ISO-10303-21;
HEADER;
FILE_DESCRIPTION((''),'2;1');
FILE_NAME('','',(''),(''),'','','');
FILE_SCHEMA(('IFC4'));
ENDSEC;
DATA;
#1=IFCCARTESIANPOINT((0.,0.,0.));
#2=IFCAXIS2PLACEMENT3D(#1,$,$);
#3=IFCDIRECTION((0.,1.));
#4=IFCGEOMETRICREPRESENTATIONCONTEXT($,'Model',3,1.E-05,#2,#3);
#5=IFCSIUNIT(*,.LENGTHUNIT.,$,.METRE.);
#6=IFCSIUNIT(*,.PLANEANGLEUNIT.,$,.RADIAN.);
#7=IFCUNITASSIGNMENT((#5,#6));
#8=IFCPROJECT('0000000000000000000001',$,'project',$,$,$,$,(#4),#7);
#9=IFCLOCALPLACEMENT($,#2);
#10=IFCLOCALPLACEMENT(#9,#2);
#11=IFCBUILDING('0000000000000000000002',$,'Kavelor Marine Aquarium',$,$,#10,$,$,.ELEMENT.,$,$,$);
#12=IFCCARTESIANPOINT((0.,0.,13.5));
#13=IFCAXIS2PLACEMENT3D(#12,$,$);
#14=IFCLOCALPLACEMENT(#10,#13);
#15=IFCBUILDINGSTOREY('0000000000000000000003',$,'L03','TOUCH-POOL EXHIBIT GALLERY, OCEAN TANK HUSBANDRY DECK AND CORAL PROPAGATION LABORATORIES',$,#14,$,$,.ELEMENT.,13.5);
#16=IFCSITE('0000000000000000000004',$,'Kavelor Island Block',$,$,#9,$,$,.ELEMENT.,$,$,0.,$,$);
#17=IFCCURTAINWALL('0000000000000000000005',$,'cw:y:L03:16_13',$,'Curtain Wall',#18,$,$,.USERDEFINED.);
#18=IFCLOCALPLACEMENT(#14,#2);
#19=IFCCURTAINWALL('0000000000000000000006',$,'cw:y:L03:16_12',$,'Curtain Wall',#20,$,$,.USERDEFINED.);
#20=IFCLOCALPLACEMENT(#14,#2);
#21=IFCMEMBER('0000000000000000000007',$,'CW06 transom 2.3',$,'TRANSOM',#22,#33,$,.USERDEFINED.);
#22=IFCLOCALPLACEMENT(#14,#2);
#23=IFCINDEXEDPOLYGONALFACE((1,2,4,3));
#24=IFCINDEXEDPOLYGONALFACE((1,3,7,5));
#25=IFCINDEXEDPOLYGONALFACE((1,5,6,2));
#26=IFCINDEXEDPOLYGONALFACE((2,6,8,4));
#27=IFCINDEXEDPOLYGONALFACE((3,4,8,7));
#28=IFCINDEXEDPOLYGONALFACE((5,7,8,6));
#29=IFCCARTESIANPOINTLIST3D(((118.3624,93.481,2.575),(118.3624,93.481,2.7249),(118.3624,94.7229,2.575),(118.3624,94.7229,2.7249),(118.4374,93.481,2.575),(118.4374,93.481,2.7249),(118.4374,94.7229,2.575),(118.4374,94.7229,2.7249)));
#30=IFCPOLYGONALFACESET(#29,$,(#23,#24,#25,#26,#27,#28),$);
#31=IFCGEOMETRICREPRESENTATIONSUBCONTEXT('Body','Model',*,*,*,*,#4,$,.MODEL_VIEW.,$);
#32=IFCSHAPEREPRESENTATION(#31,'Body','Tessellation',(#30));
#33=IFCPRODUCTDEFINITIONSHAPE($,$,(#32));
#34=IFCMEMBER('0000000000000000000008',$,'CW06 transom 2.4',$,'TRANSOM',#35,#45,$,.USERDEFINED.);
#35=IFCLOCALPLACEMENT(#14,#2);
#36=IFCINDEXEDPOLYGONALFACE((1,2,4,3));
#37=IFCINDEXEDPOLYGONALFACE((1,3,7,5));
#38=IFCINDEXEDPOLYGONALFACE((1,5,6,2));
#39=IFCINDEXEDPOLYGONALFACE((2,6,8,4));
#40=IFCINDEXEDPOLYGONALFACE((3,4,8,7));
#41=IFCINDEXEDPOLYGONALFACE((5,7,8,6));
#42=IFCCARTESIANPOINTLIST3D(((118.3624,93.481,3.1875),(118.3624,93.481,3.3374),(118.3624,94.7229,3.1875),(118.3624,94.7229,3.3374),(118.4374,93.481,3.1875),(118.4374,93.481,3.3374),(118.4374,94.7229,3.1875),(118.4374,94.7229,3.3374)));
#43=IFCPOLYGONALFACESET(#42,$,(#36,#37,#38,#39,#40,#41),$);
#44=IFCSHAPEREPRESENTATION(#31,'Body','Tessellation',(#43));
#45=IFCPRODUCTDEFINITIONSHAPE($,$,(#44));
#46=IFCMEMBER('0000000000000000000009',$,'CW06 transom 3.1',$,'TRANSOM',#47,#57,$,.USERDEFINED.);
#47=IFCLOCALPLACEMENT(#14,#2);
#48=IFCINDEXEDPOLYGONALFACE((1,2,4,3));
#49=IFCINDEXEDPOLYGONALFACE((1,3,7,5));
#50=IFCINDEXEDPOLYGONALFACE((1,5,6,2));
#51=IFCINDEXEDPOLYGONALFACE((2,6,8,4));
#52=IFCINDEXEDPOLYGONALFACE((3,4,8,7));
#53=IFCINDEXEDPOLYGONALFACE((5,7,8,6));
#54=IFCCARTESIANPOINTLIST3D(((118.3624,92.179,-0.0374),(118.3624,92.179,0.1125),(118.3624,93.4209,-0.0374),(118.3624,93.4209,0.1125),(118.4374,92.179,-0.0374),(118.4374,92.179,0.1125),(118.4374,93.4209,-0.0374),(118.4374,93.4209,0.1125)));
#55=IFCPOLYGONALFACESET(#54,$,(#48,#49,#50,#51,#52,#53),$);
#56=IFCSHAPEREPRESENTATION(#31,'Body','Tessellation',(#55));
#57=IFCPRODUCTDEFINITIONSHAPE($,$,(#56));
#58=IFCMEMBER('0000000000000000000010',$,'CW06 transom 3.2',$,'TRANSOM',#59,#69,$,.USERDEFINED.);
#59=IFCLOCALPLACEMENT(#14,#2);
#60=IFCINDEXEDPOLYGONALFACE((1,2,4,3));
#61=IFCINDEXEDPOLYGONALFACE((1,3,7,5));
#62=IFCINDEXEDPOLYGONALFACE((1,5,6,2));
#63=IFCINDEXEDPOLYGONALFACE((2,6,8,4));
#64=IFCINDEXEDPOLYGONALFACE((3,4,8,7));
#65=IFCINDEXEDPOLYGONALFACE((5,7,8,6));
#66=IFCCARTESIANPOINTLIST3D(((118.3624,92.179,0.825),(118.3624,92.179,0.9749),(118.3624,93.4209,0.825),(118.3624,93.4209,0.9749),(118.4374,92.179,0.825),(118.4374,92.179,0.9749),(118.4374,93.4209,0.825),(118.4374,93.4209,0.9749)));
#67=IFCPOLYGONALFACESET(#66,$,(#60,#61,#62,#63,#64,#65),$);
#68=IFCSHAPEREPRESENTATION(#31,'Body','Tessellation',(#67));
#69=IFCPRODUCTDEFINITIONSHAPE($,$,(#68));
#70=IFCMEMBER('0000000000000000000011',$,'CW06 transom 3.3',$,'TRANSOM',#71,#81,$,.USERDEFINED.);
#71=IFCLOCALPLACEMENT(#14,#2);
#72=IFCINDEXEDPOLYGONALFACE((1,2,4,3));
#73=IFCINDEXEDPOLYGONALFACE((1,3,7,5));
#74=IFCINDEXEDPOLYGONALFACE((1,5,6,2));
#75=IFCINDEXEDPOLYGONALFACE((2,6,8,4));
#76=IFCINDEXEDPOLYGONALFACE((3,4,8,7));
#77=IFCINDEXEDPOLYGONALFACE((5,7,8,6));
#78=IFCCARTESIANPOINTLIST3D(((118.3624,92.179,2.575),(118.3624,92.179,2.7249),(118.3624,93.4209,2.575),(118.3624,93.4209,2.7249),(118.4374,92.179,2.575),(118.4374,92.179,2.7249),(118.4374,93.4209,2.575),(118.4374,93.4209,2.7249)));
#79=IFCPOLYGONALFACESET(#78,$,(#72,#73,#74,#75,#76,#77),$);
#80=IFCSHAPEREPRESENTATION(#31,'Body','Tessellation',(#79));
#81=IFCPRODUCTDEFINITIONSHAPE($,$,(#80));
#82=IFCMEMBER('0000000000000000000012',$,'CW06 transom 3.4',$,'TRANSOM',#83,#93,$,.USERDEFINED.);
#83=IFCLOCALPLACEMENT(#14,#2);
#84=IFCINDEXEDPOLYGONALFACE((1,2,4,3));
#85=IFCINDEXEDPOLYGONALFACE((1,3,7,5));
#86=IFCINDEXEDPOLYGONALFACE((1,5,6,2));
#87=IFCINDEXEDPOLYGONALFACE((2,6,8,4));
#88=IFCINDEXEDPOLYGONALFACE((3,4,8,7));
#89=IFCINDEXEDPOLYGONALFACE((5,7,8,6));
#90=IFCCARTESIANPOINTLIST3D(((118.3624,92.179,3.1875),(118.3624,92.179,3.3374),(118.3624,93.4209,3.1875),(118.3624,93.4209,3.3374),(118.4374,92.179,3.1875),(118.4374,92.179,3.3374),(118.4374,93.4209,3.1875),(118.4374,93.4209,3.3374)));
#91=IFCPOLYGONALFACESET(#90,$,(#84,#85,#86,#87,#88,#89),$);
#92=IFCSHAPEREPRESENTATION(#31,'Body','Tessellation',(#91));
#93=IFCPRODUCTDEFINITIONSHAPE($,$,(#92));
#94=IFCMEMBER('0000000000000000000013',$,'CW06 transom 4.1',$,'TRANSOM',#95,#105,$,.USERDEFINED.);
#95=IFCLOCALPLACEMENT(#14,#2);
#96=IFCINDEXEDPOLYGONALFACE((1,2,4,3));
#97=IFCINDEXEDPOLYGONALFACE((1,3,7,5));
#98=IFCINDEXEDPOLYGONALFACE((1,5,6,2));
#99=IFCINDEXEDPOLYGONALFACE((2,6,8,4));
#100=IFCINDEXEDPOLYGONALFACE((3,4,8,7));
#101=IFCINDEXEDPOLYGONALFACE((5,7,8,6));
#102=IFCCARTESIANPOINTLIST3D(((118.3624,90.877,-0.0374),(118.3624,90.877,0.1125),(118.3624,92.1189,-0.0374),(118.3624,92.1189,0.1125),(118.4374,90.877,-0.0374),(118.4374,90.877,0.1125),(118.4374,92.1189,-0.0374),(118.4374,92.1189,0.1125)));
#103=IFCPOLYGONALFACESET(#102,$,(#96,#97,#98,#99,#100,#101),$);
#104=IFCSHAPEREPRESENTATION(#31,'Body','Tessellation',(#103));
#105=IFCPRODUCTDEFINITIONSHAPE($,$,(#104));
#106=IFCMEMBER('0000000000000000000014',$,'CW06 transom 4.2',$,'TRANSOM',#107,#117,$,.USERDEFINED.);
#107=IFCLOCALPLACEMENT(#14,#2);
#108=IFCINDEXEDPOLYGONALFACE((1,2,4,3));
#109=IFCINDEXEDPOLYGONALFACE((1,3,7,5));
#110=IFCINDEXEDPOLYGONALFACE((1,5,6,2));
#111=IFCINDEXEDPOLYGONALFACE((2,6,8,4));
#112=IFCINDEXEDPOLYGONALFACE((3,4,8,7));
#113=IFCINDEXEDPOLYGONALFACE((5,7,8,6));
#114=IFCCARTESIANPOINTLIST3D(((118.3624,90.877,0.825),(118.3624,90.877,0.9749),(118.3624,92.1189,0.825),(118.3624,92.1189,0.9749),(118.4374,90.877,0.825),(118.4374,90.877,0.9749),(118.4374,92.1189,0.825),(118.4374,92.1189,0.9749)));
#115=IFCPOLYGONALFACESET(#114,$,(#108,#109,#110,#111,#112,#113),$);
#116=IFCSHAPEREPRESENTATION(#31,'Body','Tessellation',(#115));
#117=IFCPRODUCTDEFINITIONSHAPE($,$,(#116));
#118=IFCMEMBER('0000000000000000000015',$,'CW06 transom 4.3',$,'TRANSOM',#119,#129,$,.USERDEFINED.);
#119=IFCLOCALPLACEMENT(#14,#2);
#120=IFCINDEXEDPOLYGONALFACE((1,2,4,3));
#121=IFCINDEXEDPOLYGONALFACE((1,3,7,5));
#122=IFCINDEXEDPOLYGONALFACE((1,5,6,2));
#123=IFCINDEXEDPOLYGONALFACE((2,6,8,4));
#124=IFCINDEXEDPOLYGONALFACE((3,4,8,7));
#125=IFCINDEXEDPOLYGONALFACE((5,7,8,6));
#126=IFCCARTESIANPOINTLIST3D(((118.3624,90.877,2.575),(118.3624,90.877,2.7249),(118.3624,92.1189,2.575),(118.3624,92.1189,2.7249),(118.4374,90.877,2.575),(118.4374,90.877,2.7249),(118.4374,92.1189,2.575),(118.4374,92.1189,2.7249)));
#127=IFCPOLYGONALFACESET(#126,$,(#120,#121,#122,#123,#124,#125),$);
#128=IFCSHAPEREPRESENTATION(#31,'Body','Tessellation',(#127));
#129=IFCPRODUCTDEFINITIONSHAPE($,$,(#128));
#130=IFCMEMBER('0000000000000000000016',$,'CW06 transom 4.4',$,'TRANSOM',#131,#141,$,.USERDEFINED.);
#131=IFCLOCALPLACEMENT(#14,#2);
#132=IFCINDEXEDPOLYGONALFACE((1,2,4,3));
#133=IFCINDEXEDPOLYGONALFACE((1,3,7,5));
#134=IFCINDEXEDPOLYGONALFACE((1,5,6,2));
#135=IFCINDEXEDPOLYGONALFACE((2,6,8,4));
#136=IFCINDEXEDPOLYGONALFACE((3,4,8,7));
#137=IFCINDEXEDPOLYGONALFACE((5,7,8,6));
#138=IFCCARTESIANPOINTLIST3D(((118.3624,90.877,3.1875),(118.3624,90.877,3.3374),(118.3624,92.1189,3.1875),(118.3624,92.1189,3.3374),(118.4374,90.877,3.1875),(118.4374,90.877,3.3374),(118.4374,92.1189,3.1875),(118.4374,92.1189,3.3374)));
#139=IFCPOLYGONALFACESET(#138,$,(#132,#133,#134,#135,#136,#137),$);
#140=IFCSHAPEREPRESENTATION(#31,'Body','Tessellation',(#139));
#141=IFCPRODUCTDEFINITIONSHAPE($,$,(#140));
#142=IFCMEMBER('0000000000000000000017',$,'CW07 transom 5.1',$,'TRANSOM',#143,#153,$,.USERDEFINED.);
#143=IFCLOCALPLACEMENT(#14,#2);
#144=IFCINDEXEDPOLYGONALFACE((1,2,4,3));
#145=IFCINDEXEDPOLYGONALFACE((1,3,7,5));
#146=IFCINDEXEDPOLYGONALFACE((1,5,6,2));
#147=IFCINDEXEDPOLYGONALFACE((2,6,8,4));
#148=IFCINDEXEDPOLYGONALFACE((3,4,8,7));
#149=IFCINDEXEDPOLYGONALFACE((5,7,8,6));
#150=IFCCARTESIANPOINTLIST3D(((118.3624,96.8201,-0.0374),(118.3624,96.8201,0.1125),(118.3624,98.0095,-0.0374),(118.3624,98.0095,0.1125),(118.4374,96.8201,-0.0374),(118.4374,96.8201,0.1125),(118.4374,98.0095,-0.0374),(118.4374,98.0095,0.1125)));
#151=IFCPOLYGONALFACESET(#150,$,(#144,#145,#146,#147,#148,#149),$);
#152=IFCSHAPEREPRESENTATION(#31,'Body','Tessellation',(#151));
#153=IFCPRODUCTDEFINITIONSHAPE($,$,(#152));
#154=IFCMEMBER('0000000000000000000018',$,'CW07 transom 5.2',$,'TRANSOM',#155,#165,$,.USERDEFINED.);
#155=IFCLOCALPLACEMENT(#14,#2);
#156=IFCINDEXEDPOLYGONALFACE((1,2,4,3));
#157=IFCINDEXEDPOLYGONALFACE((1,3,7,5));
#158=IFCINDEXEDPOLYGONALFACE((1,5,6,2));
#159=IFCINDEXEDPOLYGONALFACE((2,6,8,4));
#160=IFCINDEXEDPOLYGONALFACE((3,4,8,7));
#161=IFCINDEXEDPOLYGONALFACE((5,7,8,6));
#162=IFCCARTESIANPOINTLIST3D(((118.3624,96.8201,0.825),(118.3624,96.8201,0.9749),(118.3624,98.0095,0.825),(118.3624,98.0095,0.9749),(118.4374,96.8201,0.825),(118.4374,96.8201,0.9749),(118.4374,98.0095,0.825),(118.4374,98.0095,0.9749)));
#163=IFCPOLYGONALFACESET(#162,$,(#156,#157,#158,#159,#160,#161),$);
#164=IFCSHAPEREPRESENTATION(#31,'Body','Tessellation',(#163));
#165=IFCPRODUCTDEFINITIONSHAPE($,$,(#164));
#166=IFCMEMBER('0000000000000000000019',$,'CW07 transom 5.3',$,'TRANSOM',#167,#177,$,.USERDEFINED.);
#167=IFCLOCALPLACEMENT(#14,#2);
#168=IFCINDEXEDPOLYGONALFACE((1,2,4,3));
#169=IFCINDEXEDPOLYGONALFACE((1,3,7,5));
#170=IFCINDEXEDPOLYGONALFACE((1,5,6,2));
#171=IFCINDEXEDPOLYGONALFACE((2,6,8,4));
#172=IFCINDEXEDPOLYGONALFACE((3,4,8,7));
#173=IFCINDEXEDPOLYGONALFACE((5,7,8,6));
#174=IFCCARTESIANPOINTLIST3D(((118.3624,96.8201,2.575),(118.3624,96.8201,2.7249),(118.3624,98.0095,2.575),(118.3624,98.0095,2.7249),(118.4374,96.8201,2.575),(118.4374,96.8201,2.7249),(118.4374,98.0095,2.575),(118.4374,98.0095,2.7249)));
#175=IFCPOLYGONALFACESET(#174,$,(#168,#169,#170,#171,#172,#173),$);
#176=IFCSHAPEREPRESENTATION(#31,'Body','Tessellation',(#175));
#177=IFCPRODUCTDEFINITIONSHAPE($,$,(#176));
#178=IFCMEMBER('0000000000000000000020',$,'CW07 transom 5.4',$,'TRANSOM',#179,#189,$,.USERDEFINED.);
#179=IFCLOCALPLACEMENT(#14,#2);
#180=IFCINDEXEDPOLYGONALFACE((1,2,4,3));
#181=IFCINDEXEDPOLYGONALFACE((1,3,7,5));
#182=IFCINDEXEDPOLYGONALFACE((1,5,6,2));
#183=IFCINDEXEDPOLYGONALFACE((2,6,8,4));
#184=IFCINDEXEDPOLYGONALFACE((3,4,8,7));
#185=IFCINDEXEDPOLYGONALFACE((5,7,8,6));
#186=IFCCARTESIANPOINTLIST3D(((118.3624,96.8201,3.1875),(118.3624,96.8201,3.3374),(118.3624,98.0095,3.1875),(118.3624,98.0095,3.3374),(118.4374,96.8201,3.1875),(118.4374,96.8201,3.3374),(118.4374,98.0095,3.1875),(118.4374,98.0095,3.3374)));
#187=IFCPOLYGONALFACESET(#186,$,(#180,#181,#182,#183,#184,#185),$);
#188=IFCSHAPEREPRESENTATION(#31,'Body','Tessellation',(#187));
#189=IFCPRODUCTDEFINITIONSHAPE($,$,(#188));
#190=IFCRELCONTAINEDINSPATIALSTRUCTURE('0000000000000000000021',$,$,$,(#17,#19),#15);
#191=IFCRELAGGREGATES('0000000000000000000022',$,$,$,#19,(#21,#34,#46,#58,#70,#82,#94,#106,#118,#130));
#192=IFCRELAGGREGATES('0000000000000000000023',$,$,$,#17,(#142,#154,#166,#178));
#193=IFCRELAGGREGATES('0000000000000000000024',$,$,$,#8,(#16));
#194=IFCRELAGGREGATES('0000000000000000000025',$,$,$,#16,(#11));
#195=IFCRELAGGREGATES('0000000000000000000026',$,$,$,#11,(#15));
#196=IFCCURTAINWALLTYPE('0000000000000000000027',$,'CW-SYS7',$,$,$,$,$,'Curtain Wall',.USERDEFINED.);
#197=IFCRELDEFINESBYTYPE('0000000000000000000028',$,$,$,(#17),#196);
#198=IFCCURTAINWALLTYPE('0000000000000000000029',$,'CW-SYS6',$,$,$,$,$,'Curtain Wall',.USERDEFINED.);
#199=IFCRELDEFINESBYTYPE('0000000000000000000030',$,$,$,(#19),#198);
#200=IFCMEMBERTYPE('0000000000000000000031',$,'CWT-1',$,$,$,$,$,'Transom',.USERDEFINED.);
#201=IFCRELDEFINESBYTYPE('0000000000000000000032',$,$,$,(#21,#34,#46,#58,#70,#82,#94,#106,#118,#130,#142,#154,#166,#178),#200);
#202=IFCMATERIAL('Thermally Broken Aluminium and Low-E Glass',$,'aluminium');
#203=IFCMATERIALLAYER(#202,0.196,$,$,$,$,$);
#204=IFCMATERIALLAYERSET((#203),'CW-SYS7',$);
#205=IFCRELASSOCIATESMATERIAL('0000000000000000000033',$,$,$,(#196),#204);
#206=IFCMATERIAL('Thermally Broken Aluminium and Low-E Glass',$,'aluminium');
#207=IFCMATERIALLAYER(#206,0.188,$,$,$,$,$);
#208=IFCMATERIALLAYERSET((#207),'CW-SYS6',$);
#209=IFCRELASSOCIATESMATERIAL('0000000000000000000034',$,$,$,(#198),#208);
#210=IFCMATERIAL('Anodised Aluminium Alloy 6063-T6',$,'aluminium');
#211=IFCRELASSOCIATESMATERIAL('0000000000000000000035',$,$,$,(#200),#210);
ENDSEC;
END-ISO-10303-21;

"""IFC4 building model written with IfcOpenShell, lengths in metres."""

from ifc_helpers import new_model, si_unit, direction, frame, origin, origin_2d, place, context, subcontext, project, spatial, rectangle, extrude, material, layer, layer_set, material_profile, profile_set, type_object, element, aggregate, save


model = new_model("IFC4")

# Units and contexts
model_context = context("Model", 3, precision=1e-05, world=origin(), true_north=direction((0.0, 1.0)))
body_context = subcontext(model_context, "Body", "Model", "MODEL_VIEW")
ifc_project = project(units=[si_unit("LENGTHUNIT", "METRE"), si_unit("PLANEANGLEUNIT", "RADIAN")], contexts=[model_context])

# Site, building, storey
site_placement = place(None, origin())
site = spatial("IfcSite", under=ifc_project, at=site_placement, Name="Kavelor Island Block", CompositionType="ELEMENT", RefElevation=0.0)
building_placement = place(site_placement, origin())
building = spatial("IfcBuilding", under=site, at=building_placement, Name="Kavelor Marine Aquarium", CompositionType="ELEMENT")
storey_placement = place(building_placement, frame((0.0, 0.0, 13.5)))
storey = spatial("IfcBuildingStorey", under=building, at=storey_placement, Name="L03", Description="TOUCH-POOL EXHIBIT GALLERY, OCEAN TANK HUSBANDRY DECK AND CORAL PROPAGATION LABORATORIES", CompositionType="ELEMENT", Elevation=13.5)

# Curtain walls, members
ifc_material_1 = material(Name="Thermally Broken Aluminium and Low-E Glass", Category="aluminium")
ifc_layer_1 = layer(ifc_material_1, 0.196)
ifc_layer_set_1 = layer_set([ifc_layer_1], Name="CW-SYS7")
curtain_wall_type_1 = type_object("IfcCurtainWallType", Name="CW-SYS7", ElementType="Curtain Wall", PredefinedType="USERDEFINED", material=ifc_layer_set_1)
curtain_wall_1_placement = place(storey_placement, origin())
curtain_wall_1 = element("IfcCurtainWall", 1, at=curtain_wall_1_placement, inside=storey, type_object=curtain_wall_type_1, Name="cw:y:L03:16_13", ObjectType="Curtain Wall", PredefinedType="USERDEFINED")
ifc_material_2 = material(Name="Thermally Broken Aluminium and Low-E Glass", Category="aluminium")
ifc_layer_2 = layer(ifc_material_2, 0.188)
ifc_layer_set_2 = layer_set([ifc_layer_2], Name="CW-SYS6")
curtain_wall_type_2 = type_object("IfcCurtainWallType", Name="CW-SYS6", ElementType="Curtain Wall", PredefinedType="USERDEFINED", material=ifc_layer_set_2)
curtain_wall_2_placement = place(storey_placement, origin())
curtain_wall_2 = element("IfcCurtainWall", 2, at=curtain_wall_2_placement, inside=storey, type_object=curtain_wall_type_2, Name="cw:y:L03:16_12", ObjectType="Curtain Wall", PredefinedType="USERDEFINED")
ifc_material_3 = material(Name="Anodised Aluminium Alloy 6063-T6", Category="aluminium")
ifc_material_profile_1 = material_profile(ifc_material_3, rectangle(XDim=0.075, YDim=0.1499, at=origin_2d()), Name="CW-TRN 75x150")
ifc_profile_set_1 = profile_set([ifc_material_profile_1], Name="Anodised Aluminium Alloy 6063-T6")
member_type_1 = type_object("IfcMemberType", Name="CWT-1", ElementType="Transom", PredefinedType="USERDEFINED", material=ifc_profile_set_1)
member_1_placement = place(storey_placement, frame((118.3999, 94.7229, 2.6499), z_axis=(0.0, -1.0, 0.0), x_axis=(1.0, 0.0, 0.0)))
member_1 = element("IfcMember", 3, at=member_1_placement, type_object=member_type_1, Name="CW06 transom 2.3", ObjectType="TRANSOM", PredefinedType="USERDEFINED", context=body_context, shape_type="SweptSolid", body=[
    extrude(rectangle(XDim=0.075, YDim=0.1499, at=origin_2d()), origin(), (0.0, 0.0, 1.0), 1.2419),
])
member_2_placement = place(storey_placement, frame((118.3999, 94.7229, 3.2625), z_axis=(0.0, -1.0, 0.0), x_axis=(1.0, 0.0, 0.0)))
member_2 = element("IfcMember", 4, at=member_2_placement, type_object=member_type_1, Name="CW06 transom 2.4", ObjectType="TRANSOM", PredefinedType="USERDEFINED", context=body_context, shape_type="SweptSolid", body=[
    extrude(rectangle(XDim=0.075, YDim=0.1499, at=origin_2d()), origin(), (0.0, 0.0, 1.0), 1.2419),
])
member_3_placement = place(storey_placement, frame((118.3999, 93.4209, 0.0376), z_axis=(0.0, -1.0, 0.0), x_axis=(1.0, 0.0, 0.0)))
member_3 = element("IfcMember", 5, at=member_3_placement, type_object=member_type_1, Name="CW06 transom 3.1", ObjectType="TRANSOM", PredefinedType="USERDEFINED", context=body_context, shape_type="SweptSolid", body=[
    extrude(rectangle(XDim=0.075, YDim=0.1499, at=origin_2d()), origin(), (0.0, 0.0, 1.0), 1.2419),
])
member_4_placement = place(storey_placement, frame((118.3999, 93.4209, 0.8999), z_axis=(0.0, -1.0, 0.0), x_axis=(1.0, 0.0, 0.0)))
member_4 = element("IfcMember", 6, at=member_4_placement, type_object=member_type_1, Name="CW06 transom 3.2", ObjectType="TRANSOM", PredefinedType="USERDEFINED", context=body_context, shape_type="SweptSolid", body=[
    extrude(rectangle(XDim=0.075, YDim=0.1499, at=origin_2d()), origin(), (0.0, 0.0, 1.0), 1.2419),
])
member_5_placement = place(storey_placement, frame((118.3999, 93.4209, 2.6499), z_axis=(0.0, -1.0, 0.0), x_axis=(1.0, 0.0, 0.0)))
member_5 = element("IfcMember", 7, at=member_5_placement, type_object=member_type_1, Name="CW06 transom 3.3", ObjectType="TRANSOM", PredefinedType="USERDEFINED", context=body_context, shape_type="SweptSolid", body=[
    extrude(rectangle(XDim=0.075, YDim=0.1499, at=origin_2d()), origin(), (0.0, 0.0, 1.0), 1.2419),
])
member_6_placement = place(storey_placement, frame((118.3999, 93.4209, 3.2625), z_axis=(0.0, -1.0, 0.0), x_axis=(1.0, 0.0, 0.0)))
member_6 = element("IfcMember", 8, at=member_6_placement, type_object=member_type_1, Name="CW06 transom 3.4", ObjectType="TRANSOM", PredefinedType="USERDEFINED", context=body_context, shape_type="SweptSolid", body=[
    extrude(rectangle(XDim=0.075, YDim=0.1499, at=origin_2d()), origin(), (0.0, 0.0, 1.0), 1.2419),
])
member_7_placement = place(storey_placement, frame((118.3999, 92.1189, 0.0376), z_axis=(0.0, -1.0, 0.0), x_axis=(1.0, 0.0, 0.0)))
member_7 = element("IfcMember", 9, at=member_7_placement, type_object=member_type_1, Name="CW06 transom 4.1", ObjectType="TRANSOM", PredefinedType="USERDEFINED", context=body_context, shape_type="SweptSolid", body=[
    extrude(rectangle(XDim=0.075, YDim=0.1499, at=origin_2d()), origin(), (0.0, 0.0, 1.0), 1.2419),
])
member_8_placement = place(storey_placement, frame((118.3999, 92.1189, 0.8999), z_axis=(0.0, -1.0, 0.0), x_axis=(1.0, 0.0, 0.0)))
member_8 = element("IfcMember", 10, at=member_8_placement, type_object=member_type_1, Name="CW06 transom 4.2", ObjectType="TRANSOM", PredefinedType="USERDEFINED", context=body_context, shape_type="SweptSolid", body=[
    extrude(rectangle(XDim=0.075, YDim=0.1499, at=origin_2d()), origin(), (0.0, 0.0, 1.0), 1.2419),
])
member_9_placement = place(storey_placement, frame((118.3999, 92.1189, 2.6499), z_axis=(0.0, -1.0, 0.0), x_axis=(1.0, 0.0, 0.0)))
member_9 = element("IfcMember", 11, at=member_9_placement, type_object=member_type_1, Name="CW06 transom 4.3", ObjectType="TRANSOM", PredefinedType="USERDEFINED", context=body_context, shape_type="SweptSolid", body=[
    extrude(rectangle(XDim=0.075, YDim=0.1499, at=origin_2d()), origin(), (0.0, 0.0, 1.0), 1.2419),
])
member_10_placement = place(storey_placement, frame((118.3999, 92.1189, 3.2625), z_axis=(0.0, -1.0, 0.0), x_axis=(1.0, 0.0, 0.0)))
member_10 = element("IfcMember", 12, at=member_10_placement, type_object=member_type_1, Name="CW06 transom 4.4", ObjectType="TRANSOM", PredefinedType="USERDEFINED", context=body_context, shape_type="SweptSolid", body=[
    extrude(rectangle(XDim=0.075, YDim=0.1499, at=origin_2d()), origin(), (0.0, 0.0, 1.0), 1.2419),
])

# Members
member_11_placement = place(storey_placement, frame((118.3999, 98.0095, 0.0376), z_axis=(0.0, -1.0, 0.0), x_axis=(1.0, 0.0, 0.0)))
member_11 = element("IfcMember", 13, at=member_11_placement, type_object=member_type_1, Name="CW07 transom 5.1", ObjectType="TRANSOM", PredefinedType="USERDEFINED", context=body_context, shape_type="SweptSolid", body=[
    extrude(rectangle(XDim=0.075, YDim=0.1499, at=origin_2d()), origin(), (0.0, 0.0, 1.0), 1.1895),
])
member_12_placement = place(storey_placement, frame((118.3999, 98.0095, 0.8999), z_axis=(0.0, -1.0, 0.0), x_axis=(1.0, 0.0, 0.0)))
member_12 = element("IfcMember", 14, at=member_12_placement, type_object=member_type_1, Name="CW07 transom 5.2", ObjectType="TRANSOM", PredefinedType="USERDEFINED", context=body_context, shape_type="SweptSolid", body=[
    extrude(rectangle(XDim=0.075, YDim=0.1499, at=origin_2d()), origin(), (0.0, 0.0, 1.0), 1.1895),
])
member_13_placement = place(storey_placement, frame((118.3999, 98.0095, 2.6499), z_axis=(0.0, -1.0, 0.0), x_axis=(1.0, 0.0, 0.0)))
member_13 = element("IfcMember", 15, at=member_13_placement, type_object=member_type_1, Name="CW07 transom 5.3", ObjectType="TRANSOM", PredefinedType="USERDEFINED", context=body_context, shape_type="SweptSolid", body=[
    extrude(rectangle(XDim=0.075, YDim=0.1499, at=origin_2d()), origin(), (0.0, 0.0, 1.0), 1.1895),
])
member_14_placement = place(storey_placement, frame((118.3999, 98.0095, 3.2625), z_axis=(0.0, -1.0, 0.0), x_axis=(1.0, 0.0, 0.0)))
member_14 = element("IfcMember", 16, at=member_14_placement, type_object=member_type_1, Name="CW07 transom 5.4", ObjectType="TRANSOM", PredefinedType="USERDEFINED", context=body_context, shape_type="SweptSolid", body=[
    extrude(rectangle(XDim=0.075, YDim=0.1499, at=origin_2d()), origin(), (0.0, 0.0, 1.0), 1.1895),
])

aggregate(curtain_wall_2, [member_1, member_2, member_3, member_4, member_5, member_6, member_7, member_8, member_9, member_10])
aggregate(curtain_wall_1, [member_11, member_12, member_13, member_14])

save(model, "model.ifc")
